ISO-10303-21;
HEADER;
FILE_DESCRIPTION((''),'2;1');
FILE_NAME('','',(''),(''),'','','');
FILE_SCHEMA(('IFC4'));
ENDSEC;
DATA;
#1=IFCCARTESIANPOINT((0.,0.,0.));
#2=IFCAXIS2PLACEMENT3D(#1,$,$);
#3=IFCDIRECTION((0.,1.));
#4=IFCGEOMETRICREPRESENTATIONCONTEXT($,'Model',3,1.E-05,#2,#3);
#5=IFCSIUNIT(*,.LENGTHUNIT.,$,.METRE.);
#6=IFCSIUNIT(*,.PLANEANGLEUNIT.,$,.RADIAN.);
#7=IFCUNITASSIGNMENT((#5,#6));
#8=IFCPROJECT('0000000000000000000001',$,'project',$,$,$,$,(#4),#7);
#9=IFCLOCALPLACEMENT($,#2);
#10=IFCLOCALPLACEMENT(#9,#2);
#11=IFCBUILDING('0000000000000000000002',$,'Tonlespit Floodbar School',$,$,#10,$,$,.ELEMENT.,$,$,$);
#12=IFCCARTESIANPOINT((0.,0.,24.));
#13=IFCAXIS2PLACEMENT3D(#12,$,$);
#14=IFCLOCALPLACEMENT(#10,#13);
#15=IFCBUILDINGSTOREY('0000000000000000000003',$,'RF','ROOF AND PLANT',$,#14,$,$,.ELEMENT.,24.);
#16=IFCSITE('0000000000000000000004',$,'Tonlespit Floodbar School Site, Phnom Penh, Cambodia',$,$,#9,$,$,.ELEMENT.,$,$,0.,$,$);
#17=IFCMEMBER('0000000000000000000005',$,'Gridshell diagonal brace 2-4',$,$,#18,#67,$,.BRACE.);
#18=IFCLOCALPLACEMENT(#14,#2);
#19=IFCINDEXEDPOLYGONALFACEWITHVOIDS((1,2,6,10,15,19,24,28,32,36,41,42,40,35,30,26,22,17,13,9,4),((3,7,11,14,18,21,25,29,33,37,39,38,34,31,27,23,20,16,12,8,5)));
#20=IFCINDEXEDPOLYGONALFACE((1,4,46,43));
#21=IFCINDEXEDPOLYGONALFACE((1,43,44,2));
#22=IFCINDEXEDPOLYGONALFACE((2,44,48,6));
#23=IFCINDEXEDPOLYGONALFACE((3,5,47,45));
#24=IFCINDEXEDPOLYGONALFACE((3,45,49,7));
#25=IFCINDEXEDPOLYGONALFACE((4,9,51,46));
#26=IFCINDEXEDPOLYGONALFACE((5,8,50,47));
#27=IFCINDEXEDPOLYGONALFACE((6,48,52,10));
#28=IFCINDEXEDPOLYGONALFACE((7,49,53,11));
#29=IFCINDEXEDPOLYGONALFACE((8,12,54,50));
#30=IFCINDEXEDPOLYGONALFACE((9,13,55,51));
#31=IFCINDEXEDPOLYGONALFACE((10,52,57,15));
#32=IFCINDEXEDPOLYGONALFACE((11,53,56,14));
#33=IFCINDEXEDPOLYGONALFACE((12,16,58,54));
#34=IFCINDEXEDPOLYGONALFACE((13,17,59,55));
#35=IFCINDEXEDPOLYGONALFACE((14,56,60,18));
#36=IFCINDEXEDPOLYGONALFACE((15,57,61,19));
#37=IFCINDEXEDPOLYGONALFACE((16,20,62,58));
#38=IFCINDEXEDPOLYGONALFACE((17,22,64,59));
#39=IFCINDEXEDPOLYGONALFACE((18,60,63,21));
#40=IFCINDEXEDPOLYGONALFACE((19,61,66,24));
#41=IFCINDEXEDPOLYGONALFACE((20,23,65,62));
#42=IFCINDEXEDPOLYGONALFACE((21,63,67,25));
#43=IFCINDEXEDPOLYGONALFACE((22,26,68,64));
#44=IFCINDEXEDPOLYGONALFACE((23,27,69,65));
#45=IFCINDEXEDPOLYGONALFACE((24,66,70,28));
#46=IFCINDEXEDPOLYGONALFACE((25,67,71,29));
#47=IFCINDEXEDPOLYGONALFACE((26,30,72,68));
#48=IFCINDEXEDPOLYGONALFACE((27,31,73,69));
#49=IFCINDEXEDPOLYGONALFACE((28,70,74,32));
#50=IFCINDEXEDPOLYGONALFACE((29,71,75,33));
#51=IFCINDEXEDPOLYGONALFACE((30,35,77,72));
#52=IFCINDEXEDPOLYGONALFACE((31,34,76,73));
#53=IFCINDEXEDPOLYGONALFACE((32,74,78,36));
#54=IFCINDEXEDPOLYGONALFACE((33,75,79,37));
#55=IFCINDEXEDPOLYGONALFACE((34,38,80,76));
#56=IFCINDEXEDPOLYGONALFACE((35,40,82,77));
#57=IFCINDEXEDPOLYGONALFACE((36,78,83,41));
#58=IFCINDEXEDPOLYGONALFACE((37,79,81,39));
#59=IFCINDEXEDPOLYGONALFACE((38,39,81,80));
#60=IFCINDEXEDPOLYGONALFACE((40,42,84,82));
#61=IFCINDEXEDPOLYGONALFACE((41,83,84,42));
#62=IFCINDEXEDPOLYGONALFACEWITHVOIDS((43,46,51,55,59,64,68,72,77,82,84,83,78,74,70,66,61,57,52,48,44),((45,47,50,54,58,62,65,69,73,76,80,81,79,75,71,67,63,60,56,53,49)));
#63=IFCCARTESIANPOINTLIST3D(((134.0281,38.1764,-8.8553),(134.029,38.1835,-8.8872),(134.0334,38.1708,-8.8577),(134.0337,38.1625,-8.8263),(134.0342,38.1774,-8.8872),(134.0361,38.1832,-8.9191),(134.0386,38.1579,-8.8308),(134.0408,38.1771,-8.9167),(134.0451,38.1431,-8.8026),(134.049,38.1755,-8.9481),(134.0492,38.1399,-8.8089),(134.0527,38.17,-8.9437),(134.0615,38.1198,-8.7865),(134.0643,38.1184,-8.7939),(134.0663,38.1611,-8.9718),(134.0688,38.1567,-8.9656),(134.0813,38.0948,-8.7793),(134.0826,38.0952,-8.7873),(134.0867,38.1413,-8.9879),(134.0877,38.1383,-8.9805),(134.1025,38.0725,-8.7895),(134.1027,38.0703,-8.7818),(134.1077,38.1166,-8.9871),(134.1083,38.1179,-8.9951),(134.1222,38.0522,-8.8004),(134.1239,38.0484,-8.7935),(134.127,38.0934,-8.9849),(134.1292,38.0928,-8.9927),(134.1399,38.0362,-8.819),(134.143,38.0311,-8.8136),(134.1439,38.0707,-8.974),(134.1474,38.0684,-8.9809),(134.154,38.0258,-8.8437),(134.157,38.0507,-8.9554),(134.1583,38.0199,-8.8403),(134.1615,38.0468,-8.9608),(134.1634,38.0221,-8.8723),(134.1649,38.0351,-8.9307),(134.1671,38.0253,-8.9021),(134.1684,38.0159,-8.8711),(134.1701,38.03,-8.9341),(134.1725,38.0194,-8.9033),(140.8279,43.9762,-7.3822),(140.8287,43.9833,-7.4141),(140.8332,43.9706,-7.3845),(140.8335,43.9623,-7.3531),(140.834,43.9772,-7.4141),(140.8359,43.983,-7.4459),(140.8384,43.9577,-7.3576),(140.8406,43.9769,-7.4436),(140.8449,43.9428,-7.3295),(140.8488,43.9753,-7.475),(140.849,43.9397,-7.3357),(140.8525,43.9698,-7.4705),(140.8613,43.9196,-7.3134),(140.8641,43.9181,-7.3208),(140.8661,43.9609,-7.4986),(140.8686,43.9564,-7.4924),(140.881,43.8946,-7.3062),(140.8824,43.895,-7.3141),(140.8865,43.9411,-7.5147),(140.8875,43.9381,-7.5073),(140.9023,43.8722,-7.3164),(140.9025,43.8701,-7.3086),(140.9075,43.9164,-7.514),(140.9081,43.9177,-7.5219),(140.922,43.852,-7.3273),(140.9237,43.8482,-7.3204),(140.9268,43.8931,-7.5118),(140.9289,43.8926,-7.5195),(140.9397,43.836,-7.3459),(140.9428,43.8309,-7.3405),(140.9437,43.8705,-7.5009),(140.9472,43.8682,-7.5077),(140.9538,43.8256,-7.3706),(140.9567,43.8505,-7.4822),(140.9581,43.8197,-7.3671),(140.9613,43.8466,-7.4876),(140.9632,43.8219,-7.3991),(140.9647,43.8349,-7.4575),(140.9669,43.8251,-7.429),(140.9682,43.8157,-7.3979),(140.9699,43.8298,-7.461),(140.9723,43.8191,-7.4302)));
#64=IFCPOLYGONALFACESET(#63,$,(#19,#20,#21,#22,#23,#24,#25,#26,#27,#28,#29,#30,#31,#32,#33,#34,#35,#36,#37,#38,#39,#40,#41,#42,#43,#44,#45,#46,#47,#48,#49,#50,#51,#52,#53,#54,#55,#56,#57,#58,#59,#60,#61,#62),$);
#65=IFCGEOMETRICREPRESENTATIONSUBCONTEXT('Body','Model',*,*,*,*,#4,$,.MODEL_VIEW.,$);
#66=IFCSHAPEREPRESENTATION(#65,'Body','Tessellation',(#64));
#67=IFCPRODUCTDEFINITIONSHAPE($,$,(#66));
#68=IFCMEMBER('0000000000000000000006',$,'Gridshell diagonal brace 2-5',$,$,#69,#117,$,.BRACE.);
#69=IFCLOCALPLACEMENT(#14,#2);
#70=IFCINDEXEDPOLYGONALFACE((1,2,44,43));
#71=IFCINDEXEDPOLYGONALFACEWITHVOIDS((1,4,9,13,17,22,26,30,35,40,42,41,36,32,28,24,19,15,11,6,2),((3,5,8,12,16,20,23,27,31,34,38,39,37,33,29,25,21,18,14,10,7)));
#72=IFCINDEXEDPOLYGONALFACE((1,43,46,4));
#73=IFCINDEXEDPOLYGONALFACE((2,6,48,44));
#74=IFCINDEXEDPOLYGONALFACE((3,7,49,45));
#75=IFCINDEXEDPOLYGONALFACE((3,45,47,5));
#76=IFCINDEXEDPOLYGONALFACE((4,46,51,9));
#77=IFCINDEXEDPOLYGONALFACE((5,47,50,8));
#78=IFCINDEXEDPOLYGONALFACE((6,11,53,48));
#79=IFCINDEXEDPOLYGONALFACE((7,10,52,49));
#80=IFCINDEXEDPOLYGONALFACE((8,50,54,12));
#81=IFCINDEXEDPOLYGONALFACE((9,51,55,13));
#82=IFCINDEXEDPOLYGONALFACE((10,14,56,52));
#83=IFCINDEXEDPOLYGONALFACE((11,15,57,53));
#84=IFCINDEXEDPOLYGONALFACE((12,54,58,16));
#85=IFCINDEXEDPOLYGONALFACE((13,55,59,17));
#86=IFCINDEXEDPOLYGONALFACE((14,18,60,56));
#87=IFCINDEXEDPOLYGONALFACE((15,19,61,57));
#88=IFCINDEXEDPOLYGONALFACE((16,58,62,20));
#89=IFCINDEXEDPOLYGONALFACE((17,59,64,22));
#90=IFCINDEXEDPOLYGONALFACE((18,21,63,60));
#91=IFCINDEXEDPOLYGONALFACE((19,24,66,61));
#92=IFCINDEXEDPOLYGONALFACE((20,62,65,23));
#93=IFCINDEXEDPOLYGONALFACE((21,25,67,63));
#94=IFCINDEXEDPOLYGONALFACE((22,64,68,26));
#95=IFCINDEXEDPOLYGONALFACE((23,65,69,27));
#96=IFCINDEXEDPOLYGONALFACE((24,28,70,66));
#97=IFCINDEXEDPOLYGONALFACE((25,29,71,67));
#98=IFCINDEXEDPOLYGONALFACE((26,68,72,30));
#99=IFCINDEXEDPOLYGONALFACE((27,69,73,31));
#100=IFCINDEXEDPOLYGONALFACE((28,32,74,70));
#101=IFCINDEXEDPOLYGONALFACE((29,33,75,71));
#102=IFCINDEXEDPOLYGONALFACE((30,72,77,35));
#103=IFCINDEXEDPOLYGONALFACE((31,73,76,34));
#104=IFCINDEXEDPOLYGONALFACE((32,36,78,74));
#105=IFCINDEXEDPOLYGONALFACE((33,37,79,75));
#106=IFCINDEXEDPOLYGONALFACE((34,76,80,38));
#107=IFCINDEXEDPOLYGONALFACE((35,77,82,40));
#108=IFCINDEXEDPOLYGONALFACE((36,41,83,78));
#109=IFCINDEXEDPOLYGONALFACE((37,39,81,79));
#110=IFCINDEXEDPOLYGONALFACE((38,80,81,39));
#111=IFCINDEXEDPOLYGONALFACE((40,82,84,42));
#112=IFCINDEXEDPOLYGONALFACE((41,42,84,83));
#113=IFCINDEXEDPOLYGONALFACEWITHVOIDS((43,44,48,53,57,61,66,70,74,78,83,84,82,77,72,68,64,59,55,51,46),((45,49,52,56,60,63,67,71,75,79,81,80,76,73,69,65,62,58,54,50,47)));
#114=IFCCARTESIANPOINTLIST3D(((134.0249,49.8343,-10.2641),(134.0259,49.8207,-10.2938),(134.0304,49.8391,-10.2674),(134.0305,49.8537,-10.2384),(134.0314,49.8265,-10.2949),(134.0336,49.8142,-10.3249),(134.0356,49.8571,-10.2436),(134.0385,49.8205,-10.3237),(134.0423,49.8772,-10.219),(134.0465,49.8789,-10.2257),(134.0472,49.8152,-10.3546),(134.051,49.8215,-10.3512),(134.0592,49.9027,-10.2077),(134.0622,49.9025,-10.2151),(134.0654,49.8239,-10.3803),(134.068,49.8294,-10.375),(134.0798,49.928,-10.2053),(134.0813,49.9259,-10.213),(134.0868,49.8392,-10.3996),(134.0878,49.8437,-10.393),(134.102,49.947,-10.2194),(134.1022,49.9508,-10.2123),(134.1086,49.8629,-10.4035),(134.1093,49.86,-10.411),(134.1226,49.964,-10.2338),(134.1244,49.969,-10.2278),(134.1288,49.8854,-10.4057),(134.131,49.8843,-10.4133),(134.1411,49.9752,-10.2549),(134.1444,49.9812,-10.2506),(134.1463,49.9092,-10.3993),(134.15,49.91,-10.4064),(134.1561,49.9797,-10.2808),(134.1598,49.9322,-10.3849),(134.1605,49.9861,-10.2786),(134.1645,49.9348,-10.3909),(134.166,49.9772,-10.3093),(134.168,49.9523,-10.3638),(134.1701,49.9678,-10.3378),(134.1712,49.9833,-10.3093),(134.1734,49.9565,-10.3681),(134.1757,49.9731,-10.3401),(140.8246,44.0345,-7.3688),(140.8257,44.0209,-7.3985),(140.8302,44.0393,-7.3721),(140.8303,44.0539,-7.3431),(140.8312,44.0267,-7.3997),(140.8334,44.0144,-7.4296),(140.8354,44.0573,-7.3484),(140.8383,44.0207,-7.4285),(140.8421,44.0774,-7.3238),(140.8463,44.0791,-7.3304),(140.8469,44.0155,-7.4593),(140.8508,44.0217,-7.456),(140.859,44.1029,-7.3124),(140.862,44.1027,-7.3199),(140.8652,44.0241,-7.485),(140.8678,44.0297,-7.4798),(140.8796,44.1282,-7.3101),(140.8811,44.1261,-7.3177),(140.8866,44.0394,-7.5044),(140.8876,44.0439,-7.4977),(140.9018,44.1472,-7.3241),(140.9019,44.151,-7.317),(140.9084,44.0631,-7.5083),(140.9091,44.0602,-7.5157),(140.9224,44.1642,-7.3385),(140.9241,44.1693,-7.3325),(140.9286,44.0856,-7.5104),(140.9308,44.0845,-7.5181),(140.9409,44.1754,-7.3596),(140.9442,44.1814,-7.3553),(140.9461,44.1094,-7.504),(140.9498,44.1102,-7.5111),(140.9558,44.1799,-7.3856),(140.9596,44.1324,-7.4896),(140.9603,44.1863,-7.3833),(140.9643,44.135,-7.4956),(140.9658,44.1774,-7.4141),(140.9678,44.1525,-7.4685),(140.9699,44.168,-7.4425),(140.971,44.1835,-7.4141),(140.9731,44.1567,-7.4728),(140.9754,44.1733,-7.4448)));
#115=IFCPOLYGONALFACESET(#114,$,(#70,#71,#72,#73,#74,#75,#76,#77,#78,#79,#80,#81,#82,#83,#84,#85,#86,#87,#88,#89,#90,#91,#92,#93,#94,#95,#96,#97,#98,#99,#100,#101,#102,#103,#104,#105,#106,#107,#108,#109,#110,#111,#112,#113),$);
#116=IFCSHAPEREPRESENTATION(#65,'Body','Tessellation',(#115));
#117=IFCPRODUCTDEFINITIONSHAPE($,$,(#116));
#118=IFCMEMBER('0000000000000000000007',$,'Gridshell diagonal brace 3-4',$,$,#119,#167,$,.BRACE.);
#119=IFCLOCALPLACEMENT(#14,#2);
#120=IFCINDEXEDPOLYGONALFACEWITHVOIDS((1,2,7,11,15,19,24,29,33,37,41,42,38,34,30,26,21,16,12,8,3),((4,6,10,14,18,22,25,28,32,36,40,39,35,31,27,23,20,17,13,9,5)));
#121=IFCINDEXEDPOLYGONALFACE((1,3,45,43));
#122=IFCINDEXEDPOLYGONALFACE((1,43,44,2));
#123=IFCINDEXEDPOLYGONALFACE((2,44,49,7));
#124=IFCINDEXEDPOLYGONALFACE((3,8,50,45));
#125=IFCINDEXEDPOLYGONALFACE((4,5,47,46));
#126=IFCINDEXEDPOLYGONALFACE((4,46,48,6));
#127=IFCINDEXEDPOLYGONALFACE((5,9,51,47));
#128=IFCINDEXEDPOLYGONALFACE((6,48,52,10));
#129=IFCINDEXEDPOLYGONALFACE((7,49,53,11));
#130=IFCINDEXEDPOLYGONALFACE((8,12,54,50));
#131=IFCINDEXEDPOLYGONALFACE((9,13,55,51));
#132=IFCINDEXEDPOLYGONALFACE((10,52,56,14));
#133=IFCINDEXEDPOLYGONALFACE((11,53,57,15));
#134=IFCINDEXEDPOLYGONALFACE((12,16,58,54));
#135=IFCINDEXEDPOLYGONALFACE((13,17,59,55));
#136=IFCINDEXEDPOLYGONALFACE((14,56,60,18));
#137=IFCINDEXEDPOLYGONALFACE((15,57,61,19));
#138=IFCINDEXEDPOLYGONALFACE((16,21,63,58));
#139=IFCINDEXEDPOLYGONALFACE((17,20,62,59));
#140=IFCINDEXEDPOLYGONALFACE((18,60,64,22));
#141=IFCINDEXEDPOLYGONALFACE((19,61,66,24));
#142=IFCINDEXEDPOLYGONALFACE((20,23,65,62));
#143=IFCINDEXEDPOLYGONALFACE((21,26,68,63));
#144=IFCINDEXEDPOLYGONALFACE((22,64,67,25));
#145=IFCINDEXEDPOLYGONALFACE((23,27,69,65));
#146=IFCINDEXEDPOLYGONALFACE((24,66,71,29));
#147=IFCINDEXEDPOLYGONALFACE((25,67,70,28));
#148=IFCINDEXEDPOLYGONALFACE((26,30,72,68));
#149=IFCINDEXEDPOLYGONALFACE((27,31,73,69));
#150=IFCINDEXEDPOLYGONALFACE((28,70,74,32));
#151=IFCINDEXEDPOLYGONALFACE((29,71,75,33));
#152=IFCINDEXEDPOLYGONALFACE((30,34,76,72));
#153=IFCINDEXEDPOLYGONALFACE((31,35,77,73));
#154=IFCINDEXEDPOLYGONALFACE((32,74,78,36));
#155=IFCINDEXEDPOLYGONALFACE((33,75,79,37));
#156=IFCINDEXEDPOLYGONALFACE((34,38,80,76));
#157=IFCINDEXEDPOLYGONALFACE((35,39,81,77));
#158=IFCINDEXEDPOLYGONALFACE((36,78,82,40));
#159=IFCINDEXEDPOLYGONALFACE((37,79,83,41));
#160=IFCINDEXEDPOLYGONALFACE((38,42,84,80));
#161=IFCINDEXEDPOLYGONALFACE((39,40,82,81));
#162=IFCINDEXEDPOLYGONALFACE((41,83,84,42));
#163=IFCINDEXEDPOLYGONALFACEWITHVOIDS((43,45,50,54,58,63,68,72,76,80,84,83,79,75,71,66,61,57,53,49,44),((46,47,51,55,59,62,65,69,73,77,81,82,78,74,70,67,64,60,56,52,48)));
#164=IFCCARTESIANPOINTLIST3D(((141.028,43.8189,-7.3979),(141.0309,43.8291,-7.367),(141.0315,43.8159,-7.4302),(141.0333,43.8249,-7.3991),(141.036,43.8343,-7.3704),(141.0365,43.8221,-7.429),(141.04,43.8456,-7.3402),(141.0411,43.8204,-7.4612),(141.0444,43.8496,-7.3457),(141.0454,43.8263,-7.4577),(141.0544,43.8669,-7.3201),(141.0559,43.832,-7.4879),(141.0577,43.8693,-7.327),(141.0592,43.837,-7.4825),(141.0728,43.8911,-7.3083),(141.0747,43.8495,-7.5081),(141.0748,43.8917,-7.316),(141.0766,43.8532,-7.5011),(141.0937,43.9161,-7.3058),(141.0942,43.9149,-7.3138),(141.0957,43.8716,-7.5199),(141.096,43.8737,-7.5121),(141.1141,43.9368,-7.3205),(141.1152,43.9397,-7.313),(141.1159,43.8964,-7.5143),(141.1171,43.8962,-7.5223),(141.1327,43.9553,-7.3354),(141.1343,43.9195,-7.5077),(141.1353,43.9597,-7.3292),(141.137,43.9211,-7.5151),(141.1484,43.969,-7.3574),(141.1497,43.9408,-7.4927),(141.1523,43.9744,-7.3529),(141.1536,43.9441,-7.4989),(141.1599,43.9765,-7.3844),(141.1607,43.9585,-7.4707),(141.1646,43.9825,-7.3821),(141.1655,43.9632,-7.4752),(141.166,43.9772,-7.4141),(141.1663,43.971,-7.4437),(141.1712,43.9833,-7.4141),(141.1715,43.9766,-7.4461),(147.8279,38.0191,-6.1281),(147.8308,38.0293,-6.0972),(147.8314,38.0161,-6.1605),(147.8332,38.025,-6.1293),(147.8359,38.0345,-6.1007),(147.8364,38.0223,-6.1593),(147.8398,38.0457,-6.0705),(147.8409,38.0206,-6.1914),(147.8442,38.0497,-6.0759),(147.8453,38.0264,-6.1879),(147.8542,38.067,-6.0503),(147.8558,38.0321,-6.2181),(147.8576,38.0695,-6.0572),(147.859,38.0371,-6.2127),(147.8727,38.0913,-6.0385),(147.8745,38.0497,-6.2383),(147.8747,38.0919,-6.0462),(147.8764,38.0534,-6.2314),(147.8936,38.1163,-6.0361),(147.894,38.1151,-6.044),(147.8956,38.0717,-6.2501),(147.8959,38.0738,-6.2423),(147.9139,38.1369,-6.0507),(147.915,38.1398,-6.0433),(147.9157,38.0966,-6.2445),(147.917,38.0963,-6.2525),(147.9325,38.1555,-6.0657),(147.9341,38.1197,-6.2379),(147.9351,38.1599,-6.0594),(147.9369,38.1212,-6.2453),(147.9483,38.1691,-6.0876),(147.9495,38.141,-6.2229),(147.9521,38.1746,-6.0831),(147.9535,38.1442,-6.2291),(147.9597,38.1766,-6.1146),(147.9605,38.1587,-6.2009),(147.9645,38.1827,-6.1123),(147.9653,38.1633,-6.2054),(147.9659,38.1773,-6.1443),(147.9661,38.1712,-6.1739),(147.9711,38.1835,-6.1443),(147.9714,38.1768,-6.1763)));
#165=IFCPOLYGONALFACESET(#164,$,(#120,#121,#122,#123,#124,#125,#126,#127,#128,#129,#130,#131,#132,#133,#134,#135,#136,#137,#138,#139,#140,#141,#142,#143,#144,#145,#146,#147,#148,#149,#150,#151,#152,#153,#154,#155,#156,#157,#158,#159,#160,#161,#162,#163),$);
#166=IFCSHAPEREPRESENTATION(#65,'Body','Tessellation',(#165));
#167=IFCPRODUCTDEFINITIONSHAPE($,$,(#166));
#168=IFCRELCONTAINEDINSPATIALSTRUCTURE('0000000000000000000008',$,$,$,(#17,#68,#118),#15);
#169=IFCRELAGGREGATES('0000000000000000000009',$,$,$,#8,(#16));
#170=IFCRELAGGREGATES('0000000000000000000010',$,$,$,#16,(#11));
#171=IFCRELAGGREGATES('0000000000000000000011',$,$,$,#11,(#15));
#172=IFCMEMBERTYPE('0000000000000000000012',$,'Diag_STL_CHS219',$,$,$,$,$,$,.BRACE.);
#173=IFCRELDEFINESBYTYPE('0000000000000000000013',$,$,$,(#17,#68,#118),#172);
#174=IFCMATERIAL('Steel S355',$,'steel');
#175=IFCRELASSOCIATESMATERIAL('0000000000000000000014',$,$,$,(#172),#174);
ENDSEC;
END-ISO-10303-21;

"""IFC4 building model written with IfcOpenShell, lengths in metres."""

from ifc_helpers import new_model, si_unit, direction, frame, origin, origin_2d, place, context, subcontext, project, spatial, hollow_circle, extrude, material, material_profile, profile_set, type_object, element, save


model = new_model("IFC4")

# Units and contexts
model_context = context("Model", 3, precision=1e-05, world=origin(), true_north=direction((0.0, 1.0)))
body_context = subcontext(model_context, "Body", "Model", "MODEL_VIEW")
ifc_project = project(units=[si_unit("LENGTHUNIT", "METRE"), si_unit("PLANEANGLEUNIT", "RADIAN")], contexts=[model_context])

# Site, building, storey
site_placement = place(None, origin())
site = spatial("IfcSite", under=ifc_project, at=site_placement, Name="Tonlespit Floodbar School Site, Phnom Penh, Cambodia", CompositionType="ELEMENT", RefElevation=0.0)
building_placement = place(site_placement, origin())
building = spatial("IfcBuilding", under=site, at=building_placement, Name="Tonlespit Floodbar School", CompositionType="ELEMENT")
storey_placement = place(building_placement, frame((0.0, 0.0, 24.0)))
storey = spatial("IfcBuildingStorey", under=building, at=storey_placement, Name="RF", Description="ROOF AND PLANT", CompositionType="ELEMENT", Elevation=24.0)

# Members
ifc_material_1 = material(Name="Steel S355", Category="steel")
ifc_material_profile_1 = material_profile(ifc_material_1, hollow_circle(Radius=0.1096, WallThickness=0.0081, at=origin_2d()), Name="CHS 219.1x8")
ifc_profile_set_1 = profile_set([ifc_material_profile_1], Name="Steel S355")
member_type = type_object("IfcMemberType", Name="Diag_STL_CHS219", PredefinedType="BRACE", material=ifc_profile_set_1)
member_1_placement = place(storey_placement, frame((134.1001, 38.1001, -8.8872), z_axis=(0.750706, 0.640305, 0.162637), x_axis=(-0.648945, 0.760836, 0.0)))
element("IfcMember", 1, at=member_1_placement, inside=storey, type_object=member_type, Name="Gridshell diagonal brace 2-4", PredefinedType="BRACE", context=body_context, shape_type="SweptSolid", body=[
    extrude(hollow_circle(Radius=0.1096, WallThickness=0.0081, at=origin_2d()), origin(), (0.0, 0.0, 1.0), 9.0579),
])
member_2_placement = place(storey_placement, frame((134.1001, 49.8999, -10.3093), z_axis=(0.723803, -0.617358, 0.308185), x_axis=(0.648945, 0.760836, 0.0)))
element("IfcMember", 2, at=member_2_placement, inside=storey, type_object=member_type, Name="Gridshell diagonal brace 2-5", PredefinedType="BRACE", context=body_context, shape_type="SweptSolid", body=[
    extrude(hollow_circle(Radius=0.1096, WallThickness=0.0081, at=origin_2d()), origin(), (0.0, 0.0, 1.0), 9.3945),
])
member_3_placement = place(storey_placement, frame((141.1001, 43.8999, -7.4141), z_axis=(0.753271, -0.642493, 0.140664), x_axis=(0.648945, 0.760836, 0.0)))
element("IfcMember", 3, at=member_3_placement, inside=storey, type_object=member_type, Name="Gridshell diagonal brace 3-4", PredefinedType="BRACE", context=body_context, shape_type="SweptSolid", body=[
    extrude(hollow_circle(Radius=0.1096, WallThickness=0.0081, at=origin_2d()), origin(), (0.0, 0.0, 1.0), 9.0271),
])

save(model, "model.ifc")
